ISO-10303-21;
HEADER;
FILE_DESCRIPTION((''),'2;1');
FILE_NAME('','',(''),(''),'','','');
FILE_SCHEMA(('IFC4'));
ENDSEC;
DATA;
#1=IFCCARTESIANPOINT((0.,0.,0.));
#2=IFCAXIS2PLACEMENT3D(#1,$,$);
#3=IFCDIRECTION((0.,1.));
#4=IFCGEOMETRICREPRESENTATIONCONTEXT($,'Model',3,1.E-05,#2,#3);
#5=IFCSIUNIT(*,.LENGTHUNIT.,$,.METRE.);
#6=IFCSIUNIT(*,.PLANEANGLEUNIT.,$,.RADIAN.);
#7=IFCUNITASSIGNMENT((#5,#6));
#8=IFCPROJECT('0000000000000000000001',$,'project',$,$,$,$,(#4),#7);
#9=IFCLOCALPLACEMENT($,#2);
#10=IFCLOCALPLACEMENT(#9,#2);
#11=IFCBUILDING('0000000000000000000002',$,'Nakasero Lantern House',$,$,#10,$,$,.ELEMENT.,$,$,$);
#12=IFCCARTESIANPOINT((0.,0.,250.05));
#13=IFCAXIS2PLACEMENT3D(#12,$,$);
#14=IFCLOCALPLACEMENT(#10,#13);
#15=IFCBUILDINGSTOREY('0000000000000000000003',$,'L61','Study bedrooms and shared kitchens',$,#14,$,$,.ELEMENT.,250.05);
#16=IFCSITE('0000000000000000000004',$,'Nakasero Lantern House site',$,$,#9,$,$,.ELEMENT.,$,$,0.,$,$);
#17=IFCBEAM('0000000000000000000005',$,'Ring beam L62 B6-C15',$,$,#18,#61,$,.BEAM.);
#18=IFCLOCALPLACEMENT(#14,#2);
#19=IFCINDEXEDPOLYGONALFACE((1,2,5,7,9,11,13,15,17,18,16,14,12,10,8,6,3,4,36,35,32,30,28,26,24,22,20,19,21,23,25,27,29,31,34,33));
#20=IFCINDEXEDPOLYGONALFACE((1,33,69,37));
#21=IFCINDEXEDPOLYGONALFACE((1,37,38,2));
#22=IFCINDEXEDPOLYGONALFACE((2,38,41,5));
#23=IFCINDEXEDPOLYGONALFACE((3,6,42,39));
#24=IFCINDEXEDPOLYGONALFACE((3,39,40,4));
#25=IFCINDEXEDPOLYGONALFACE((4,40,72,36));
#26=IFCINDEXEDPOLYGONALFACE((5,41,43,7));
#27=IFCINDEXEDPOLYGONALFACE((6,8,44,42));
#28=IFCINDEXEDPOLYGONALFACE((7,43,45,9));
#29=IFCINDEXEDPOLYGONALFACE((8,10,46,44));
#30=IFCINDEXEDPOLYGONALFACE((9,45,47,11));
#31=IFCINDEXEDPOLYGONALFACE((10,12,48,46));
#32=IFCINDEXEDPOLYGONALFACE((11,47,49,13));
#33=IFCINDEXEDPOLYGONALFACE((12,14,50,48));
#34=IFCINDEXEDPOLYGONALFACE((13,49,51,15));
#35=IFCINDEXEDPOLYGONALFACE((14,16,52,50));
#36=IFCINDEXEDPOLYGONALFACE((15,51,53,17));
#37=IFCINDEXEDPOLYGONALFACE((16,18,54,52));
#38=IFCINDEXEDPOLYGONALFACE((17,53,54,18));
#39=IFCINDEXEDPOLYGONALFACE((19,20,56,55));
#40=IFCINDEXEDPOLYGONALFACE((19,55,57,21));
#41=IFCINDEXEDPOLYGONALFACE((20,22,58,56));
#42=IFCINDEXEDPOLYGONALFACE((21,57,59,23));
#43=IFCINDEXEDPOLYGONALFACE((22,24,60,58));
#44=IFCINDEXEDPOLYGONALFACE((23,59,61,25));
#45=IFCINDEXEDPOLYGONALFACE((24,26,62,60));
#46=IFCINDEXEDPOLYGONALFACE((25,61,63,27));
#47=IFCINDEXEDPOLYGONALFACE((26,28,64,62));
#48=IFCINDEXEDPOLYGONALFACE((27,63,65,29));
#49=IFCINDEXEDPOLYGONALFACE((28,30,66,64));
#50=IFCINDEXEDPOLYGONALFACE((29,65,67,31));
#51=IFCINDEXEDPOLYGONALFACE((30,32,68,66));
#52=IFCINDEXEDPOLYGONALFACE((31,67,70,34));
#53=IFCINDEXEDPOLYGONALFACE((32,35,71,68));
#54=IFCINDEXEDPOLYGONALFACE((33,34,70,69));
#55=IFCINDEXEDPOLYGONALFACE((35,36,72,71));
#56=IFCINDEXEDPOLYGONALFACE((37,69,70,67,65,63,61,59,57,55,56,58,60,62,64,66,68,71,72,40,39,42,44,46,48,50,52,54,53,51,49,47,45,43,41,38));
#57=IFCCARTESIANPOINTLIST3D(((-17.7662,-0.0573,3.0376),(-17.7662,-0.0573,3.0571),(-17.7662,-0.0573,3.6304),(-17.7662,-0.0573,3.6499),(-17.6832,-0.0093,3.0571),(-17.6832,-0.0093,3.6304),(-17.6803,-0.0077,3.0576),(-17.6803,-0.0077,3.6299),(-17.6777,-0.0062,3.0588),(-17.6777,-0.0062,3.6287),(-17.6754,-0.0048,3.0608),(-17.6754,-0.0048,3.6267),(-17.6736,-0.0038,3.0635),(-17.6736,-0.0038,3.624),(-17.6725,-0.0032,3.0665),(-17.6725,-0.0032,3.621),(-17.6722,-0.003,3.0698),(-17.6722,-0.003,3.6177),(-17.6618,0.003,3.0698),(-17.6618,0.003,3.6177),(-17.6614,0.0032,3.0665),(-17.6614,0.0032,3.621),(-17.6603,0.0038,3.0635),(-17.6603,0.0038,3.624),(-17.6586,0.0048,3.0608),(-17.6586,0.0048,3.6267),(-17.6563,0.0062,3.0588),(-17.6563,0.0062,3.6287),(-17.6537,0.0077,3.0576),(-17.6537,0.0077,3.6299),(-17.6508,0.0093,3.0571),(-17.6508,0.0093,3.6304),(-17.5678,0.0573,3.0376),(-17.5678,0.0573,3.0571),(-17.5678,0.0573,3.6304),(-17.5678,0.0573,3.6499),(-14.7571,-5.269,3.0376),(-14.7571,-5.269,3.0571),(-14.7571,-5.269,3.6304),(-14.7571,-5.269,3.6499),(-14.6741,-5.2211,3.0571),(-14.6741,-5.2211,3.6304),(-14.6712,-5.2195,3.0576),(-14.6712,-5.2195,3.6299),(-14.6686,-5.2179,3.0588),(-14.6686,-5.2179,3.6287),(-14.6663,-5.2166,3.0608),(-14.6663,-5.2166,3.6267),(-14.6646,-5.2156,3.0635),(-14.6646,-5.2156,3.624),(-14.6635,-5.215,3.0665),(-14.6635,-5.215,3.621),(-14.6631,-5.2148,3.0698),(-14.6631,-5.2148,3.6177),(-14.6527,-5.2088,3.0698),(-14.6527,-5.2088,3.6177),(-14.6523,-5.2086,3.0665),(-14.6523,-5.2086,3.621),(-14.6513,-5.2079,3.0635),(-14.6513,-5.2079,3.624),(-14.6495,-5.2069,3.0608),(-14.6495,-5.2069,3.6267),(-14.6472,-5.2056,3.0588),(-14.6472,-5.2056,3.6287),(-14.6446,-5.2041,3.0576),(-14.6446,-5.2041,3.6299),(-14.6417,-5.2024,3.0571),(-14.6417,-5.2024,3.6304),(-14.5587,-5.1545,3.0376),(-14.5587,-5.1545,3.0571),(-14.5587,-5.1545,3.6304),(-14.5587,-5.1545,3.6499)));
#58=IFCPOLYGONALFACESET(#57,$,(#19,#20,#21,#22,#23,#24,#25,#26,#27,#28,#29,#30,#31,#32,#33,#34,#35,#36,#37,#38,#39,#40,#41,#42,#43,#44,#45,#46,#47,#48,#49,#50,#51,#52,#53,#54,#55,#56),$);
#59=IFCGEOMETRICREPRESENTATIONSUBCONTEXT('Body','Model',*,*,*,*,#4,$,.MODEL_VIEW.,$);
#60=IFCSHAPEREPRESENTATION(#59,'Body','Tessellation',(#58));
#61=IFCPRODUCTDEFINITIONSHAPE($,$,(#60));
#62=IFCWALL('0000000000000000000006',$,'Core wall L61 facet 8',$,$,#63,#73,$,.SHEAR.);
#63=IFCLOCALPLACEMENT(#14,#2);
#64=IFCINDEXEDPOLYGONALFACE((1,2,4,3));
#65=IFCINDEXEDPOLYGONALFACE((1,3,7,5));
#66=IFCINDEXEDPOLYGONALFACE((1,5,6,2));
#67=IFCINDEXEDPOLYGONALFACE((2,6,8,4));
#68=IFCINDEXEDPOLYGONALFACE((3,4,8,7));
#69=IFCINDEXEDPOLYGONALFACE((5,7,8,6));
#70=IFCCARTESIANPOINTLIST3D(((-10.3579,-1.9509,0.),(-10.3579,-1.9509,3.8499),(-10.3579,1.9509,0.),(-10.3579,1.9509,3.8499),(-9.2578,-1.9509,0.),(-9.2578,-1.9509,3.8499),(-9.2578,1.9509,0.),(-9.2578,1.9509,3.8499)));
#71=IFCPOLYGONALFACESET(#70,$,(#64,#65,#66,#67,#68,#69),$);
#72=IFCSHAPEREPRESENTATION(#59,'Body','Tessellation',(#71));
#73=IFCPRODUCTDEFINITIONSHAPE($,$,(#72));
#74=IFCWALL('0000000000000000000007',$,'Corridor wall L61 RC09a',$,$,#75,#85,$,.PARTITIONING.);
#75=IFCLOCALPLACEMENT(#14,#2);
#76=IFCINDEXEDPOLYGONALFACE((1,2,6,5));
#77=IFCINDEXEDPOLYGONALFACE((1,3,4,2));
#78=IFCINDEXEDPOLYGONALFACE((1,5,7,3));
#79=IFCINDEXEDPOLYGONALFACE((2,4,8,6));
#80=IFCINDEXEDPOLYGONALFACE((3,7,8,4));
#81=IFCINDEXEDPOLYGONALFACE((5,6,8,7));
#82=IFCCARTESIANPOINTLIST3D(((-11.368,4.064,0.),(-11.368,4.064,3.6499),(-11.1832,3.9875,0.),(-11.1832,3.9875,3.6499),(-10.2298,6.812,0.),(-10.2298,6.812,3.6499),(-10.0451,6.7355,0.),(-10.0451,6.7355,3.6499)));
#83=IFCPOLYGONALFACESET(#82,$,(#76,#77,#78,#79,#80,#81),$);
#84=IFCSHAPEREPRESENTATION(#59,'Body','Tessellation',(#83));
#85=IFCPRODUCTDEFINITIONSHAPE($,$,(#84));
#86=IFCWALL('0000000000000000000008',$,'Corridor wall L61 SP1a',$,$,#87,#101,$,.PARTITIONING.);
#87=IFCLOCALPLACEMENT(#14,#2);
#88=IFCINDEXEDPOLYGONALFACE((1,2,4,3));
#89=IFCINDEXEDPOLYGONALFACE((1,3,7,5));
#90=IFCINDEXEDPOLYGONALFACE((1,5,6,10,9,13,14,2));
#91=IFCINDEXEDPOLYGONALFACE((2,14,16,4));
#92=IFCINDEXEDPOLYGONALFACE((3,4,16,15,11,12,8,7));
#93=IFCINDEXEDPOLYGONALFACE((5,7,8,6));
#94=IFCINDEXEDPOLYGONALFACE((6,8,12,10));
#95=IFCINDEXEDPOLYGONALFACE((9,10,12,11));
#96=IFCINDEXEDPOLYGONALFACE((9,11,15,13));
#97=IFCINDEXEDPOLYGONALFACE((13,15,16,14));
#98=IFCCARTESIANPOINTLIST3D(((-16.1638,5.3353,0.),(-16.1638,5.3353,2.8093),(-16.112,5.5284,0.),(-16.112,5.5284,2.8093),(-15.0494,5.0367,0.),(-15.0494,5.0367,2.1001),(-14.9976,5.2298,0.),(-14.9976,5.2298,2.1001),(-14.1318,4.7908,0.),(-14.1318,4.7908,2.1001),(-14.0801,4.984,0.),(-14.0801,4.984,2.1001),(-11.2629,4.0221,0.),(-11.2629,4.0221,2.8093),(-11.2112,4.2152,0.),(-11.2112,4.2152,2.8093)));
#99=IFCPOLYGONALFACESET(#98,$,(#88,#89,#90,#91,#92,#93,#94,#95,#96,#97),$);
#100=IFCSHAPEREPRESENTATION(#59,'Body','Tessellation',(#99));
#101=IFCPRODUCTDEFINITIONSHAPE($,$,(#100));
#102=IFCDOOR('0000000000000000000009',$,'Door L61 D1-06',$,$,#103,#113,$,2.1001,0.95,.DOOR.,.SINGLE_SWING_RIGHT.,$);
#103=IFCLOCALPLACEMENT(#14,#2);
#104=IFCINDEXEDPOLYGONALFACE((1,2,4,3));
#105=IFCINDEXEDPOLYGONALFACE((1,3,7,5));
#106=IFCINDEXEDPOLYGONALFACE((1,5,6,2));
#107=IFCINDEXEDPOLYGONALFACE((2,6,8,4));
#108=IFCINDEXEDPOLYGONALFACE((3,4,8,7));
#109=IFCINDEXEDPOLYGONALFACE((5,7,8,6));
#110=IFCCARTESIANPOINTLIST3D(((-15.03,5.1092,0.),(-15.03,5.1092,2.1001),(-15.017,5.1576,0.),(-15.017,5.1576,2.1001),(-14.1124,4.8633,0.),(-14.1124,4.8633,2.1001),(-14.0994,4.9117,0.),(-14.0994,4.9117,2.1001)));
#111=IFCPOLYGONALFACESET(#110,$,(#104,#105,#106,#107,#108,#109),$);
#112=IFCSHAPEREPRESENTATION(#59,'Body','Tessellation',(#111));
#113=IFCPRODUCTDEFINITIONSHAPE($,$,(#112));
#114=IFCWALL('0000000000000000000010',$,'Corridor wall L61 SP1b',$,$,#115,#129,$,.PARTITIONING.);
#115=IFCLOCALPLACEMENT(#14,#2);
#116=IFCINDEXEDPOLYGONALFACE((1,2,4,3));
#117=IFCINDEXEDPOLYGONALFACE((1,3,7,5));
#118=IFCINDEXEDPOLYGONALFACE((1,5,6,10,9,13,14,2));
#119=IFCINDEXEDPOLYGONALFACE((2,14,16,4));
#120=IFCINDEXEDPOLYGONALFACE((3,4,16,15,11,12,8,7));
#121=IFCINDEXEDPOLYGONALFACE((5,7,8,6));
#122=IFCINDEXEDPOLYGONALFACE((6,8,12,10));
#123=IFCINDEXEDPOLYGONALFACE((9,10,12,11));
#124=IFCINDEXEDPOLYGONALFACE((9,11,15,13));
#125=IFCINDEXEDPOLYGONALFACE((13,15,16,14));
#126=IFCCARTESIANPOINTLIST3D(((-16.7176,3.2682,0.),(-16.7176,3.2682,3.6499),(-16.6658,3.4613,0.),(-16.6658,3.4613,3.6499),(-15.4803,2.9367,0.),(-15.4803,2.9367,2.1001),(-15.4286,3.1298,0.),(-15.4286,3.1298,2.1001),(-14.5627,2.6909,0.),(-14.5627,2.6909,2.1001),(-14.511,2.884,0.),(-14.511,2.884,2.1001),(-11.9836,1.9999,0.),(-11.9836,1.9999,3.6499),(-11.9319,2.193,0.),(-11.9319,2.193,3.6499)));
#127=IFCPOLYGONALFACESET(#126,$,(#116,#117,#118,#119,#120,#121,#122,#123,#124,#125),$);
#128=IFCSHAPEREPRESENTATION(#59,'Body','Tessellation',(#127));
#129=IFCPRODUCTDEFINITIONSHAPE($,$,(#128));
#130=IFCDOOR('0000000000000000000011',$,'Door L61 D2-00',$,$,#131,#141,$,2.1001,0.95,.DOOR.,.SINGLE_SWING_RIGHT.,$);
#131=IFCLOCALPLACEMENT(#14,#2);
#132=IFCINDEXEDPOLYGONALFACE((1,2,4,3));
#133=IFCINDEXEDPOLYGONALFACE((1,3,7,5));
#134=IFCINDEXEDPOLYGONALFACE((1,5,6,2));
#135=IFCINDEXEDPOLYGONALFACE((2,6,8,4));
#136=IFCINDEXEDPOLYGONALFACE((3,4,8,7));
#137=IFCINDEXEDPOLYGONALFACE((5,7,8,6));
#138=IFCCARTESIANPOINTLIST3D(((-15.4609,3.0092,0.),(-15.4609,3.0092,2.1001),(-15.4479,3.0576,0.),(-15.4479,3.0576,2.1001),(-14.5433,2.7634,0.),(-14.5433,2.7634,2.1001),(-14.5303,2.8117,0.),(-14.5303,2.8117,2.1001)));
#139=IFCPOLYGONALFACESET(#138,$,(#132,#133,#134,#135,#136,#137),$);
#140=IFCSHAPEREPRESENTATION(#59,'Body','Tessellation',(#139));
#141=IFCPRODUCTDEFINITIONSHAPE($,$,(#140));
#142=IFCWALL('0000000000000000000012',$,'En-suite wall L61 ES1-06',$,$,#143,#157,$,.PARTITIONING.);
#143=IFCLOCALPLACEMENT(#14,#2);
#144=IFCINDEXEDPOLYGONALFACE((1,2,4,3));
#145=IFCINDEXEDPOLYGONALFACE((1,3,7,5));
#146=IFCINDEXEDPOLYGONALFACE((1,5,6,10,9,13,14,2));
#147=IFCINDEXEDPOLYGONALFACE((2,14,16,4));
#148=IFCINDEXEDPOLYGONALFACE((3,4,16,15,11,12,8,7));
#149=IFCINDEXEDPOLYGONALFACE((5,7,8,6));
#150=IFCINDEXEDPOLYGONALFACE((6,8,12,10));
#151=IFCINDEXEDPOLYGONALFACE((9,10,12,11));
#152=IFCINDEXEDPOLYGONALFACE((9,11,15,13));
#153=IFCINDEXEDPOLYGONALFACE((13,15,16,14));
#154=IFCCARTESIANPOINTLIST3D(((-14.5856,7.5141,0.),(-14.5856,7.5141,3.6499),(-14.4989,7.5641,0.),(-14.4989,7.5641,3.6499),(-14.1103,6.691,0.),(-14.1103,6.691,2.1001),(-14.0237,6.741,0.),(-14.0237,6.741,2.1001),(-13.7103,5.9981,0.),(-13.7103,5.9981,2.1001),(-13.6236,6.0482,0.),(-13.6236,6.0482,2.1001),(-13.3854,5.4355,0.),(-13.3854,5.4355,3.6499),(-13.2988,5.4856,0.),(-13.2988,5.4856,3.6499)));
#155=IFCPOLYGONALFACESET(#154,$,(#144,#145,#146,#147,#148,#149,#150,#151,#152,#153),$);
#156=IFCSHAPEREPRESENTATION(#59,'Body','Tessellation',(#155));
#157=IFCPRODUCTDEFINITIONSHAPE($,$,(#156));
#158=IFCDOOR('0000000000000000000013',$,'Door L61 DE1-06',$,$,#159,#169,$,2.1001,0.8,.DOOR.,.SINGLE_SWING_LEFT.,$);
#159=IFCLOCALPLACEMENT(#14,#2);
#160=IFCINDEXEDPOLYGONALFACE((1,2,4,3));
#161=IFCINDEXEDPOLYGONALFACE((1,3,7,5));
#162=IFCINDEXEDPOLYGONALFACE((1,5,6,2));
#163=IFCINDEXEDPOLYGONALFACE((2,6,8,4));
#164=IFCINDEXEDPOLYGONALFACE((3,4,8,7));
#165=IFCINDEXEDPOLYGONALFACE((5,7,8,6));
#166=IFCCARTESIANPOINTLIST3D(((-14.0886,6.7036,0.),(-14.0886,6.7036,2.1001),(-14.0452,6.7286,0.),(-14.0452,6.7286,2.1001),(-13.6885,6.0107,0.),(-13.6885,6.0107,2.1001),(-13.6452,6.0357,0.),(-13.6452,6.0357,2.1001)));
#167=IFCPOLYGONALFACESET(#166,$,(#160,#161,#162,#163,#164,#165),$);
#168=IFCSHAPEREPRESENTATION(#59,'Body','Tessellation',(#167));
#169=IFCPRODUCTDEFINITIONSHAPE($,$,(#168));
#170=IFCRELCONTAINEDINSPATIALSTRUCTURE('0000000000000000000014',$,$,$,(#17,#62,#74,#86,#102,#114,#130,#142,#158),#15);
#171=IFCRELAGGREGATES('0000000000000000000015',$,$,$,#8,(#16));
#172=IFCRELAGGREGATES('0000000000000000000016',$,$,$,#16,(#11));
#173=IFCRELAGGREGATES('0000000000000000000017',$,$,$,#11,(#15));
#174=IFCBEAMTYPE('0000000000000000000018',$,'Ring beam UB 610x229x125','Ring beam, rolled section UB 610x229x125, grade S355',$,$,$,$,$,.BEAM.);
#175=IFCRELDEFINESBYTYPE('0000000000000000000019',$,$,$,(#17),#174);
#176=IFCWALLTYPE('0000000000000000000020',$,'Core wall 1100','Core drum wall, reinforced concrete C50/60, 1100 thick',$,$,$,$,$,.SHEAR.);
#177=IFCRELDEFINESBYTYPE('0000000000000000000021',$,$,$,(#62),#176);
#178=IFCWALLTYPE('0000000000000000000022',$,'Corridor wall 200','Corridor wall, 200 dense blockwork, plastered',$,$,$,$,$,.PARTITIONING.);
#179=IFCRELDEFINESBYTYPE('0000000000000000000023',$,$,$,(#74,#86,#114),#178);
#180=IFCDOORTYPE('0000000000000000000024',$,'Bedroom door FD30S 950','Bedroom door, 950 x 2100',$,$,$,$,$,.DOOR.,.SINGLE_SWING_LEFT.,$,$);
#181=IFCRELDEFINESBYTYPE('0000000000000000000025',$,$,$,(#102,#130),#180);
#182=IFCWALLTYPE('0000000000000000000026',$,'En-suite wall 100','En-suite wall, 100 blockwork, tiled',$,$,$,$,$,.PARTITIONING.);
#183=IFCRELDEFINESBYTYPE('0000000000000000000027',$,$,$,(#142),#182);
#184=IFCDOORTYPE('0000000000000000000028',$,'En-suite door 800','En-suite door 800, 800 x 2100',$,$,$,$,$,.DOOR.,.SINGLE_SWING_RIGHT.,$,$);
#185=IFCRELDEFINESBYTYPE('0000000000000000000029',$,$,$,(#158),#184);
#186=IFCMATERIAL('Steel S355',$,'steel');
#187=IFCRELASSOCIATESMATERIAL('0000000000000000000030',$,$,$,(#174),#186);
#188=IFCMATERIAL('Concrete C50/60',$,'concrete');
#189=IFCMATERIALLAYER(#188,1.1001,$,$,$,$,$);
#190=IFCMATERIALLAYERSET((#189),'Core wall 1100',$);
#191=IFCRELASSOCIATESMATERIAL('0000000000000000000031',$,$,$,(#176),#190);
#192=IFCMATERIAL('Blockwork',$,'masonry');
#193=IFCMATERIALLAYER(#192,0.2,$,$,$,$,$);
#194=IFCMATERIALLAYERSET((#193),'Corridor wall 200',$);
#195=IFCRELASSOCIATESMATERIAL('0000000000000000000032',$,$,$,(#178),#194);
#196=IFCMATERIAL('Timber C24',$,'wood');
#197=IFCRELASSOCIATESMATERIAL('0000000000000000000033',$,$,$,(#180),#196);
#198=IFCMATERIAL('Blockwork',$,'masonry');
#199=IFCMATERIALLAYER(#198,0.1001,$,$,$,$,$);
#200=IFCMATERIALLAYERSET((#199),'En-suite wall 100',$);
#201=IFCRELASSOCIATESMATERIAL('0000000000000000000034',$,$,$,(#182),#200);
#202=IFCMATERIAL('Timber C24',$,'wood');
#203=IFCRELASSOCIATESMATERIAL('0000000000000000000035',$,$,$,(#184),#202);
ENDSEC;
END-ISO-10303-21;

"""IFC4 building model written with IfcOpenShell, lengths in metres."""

from ifc_helpers import new_model, si_unit, direction, frame, frame_2d, origin, origin_2d, place, context, subcontext, project, spatial, rectangle, i_section, extrude, material, layer, layer_set, material_profile, profile_set, type_object, element, fill, save


model = new_model("IFC4")

# Units and contexts
model_context = context("Model", 3, precision=1e-05, world=origin(), true_north=direction((0.0, 1.0)))
body_context = subcontext(model_context, "Body", "Model", "MODEL_VIEW")
ifc_project = project(units=[si_unit("LENGTHUNIT", "METRE"), si_unit("PLANEANGLEUNIT", "RADIAN")], contexts=[model_context])

# Site, building, storey
site_placement = place(None, origin())
site = spatial("IfcSite", under=ifc_project, at=site_placement, Name="Nakasero Lantern House site", CompositionType="ELEMENT", RefElevation=0.0)
building_placement = place(site_placement, origin())
building = spatial("IfcBuilding", under=site, at=building_placement, Name="Nakasero Lantern House", CompositionType="ELEMENT")
storey_placement = place(building_placement, frame((0.0, 0.0, 250.05)))
storey = spatial("IfcBuildingStorey", under=building, at=storey_placement, Name="L61", Description="Study bedrooms and shared kitchens", CompositionType="ELEMENT", Elevation=250.05)

# Beam
ifc_material_1 = material(Name="Steel S355", Category="steel")
ifc_material_profile_1 = material_profile(ifc_material_1, i_section(OverallWidth=0.229, OverallDepth=0.6123, WebThickness=0.012, FlangeThickness=0.0195, FilletRadius=0.0127, at=origin_2d()), Name="UB 610x229x125")
ifc_profile_set_1 = profile_set([ifc_material_profile_1], Name="Steel S355")
beam_type_1 = type_object("IfcBeamType", Name="Ring beam UB 610x229x125", Description="Ring beam, rolled section UB 610x229x125, grade S355", PredefinedType="BEAM", material=ifc_profile_set_1)
beam_1_placement = place(storey_placement, frame((-17.667, 0.0, 3.3438), z_axis=(0.500009, -0.86602, 0.0), x_axis=(0.86602, 0.500009, 0.0)))
element("IfcBeam", 1, at=beam_1_placement, inside=storey, type_object=beam_type_1, Name="Ring beam L62 B6-C15", PredefinedType="BEAM", context=body_context, shape_type="SweptSolid", body=[
    extrude(i_section(OverallWidth=0.229, OverallDepth=0.6123, WebThickness=0.012, FlangeThickness=0.0195, FilletRadius=0.0127, at=origin_2d()), origin(), (0.0, 0.0, 1.0), 6.0181),
])

# Walls
ifc_material_2 = material(Name="Concrete C50/60", Category="concrete")
ifc_layer_1 = layer(ifc_material_2, 1.1001)
ifc_layer_set_1 = layer_set([ifc_layer_1], Name="Core wall 1100")
wall_type_1 = type_object("IfcWallType", Name="Core wall 1100", Description="Core drum wall, reinforced concrete C50/60, 1100 thick", PredefinedType="SHEAR", material=ifc_layer_set_1)
wall_1_placement = place(storey_placement, frame((-9.8079, 1.9509, 0.0), z_axis=(0.0, 0.0, 1.0), x_axis=(0.0, -1.0, 0.0)))
element("IfcWall", 2, at=wall_1_placement, inside=storey, type_object=wall_type_1, Name="Core wall L61 facet 8", PredefinedType="SHEAR", context=body_context, shape_type="SweptSolid", body=[
    extrude(rectangle(XDim=3.9019, YDim=1.1001, at=frame_2d((1.9509, 0.0))), origin(), (0.0, 0.0, 1.0), 3.8499),
])
ifc_material_3 = material(Name="Blockwork", Category="masonry")
ifc_layer_2 = layer(ifc_material_3, 0.2)
ifc_layer_set_2 = layer_set([ifc_layer_2], Name="Corridor wall 200")
wall_type_2 = type_object("IfcWallType", Name="Corridor wall 200", Description="Corridor wall, 200 dense blockwork, plastered", PredefinedType="PARTITIONING", material=ifc_layer_set_2)
wall_2_placement = place(storey_placement, frame((-11.2756, 4.0256, 0.0), z_axis=(0.0, 0.0, 1.0), x_axis=(0.382656, 0.923891, 0.0)))
element("IfcWall", 3, at=wall_2_placement, inside=storey, type_object=wall_type_2, Name="Corridor wall L61 RC09a", PredefinedType="PARTITIONING", context=body_context, shape_type="SweptSolid", body=[
    extrude(rectangle(XDim=2.9744, YDim=0.2, at=frame_2d((1.4873, 0.0))), origin(), (0.0, 0.0, 1.0), 3.6499),
])

# Walls, openings, doors
wall_3_placement = place(storey_placement, frame((-11.2371, 4.1187, 0.0), z_axis=(0.0, 0.0, 1.0), x_axis=(-0.965924, 0.258827, 0.0)))
wall_3 = element("IfcWall", 4, at=wall_3_placement, inside=storey, type_object=wall_type_2, Name="Corridor wall L61 SP1a", PredefinedType="PARTITIONING", context=body_context, shape_type="SweptSolid", body=[
    extrude(rectangle(XDim=5.0737, YDim=0.2, at=frame_2d((2.5369, 0.0))), origin(), (0.0, 0.0, 1.0), 2.8093),
])
opening_1_placement = place(wall_3_placement, frame((2.97, 0.0, 0.0)))
opening_1 = element("IfcOpeningElement", 5, at=opening_1_placement, cuts=wall_3, PredefinedType="OPENING", context=body_context, shape_type="SweptSolid", body=[
    extrude(rectangle(XDim=0.95, YDim=2.1001, at=frame_2d((0.4751, 1.05))), frame((0.0, 0.1199, 0.0), z_axis=(0.0, -1.0, 0.0), x_axis=(1.0, 0.0, 0.0)), (0.0, 0.0, 1.0), 0.24),
])
ifc_material_4 = material(Name="Timber C24", Category="wood")
door_type_1 = type_object("IfcDoorType", Name="Bedroom door FD30S 950", Description="Bedroom door, 950 x 2100", OperationType="SINGLE_SWING_LEFT", PredefinedType="DOOR", material=ifc_material_4)
door_1_placement = place(opening_1_placement, origin())
door_1 = element("IfcDoor", 6, at=door_1_placement, inside=storey, type_object=door_type_1, Name="Door L61 D1-06", OperationType="SINGLE_SWING_RIGHT", OverallHeight=2.1001, OverallWidth=0.95, PredefinedType="DOOR", context=body_context, shape_type="SweptSolid", body=[
    extrude(rectangle(XDim=0.95, YDim=2.1001, at=frame_2d((0.4751, 1.05))), frame((0.0, 0.0249, 0.0), z_axis=(0.0, -1.0, 0.0), x_axis=(1.0, 0.0, 0.0)), (0.0, 0.0, 1.0), 0.05),
])
fill(opening_1, door_1)
wall_4_placement = place(storey_placement, frame((-11.9578, 2.0964, 0.0), z_axis=(0.0, 0.0, 1.0), x_axis=(-0.965932, 0.258794, 0.0)))
wall_4 = element("IfcWall", 7, at=wall_4_placement, inside=storey, type_object=wall_type_2, Name="Corridor wall L61 SP1b", PredefinedType="PARTITIONING", context=body_context, shape_type="SweptSolid", body=[
    extrude(rectangle(XDim=4.9009, YDim=0.2, at=frame_2d((2.4504, 0.0))), origin(), (0.0, 0.0, 1.0), 3.6499),
])
opening_2_placement = place(wall_4_placement, frame((2.6699, 0.0, 0.0)))
opening_2 = element("IfcOpeningElement", 8, at=opening_2_placement, cuts=wall_4, PredefinedType="OPENING", context=body_context, shape_type="SweptSolid", body=[
    extrude(rectangle(XDim=0.95, YDim=2.1001, at=frame_2d((0.4751, 1.05))), frame((0.0, 0.1199, 0.0), z_axis=(0.0, -1.0, 0.0), x_axis=(1.0, 0.0, 0.0)), (0.0, 0.0, 1.0), 0.24),
])
door_2_placement = place(opening_2_placement, origin())
door_2 = element("IfcDoor", 9, at=door_2_placement, inside=storey, type_object=door_type_1, Name="Door L61 D2-00", OperationType="SINGLE_SWING_RIGHT", OverallHeight=2.1001, OverallWidth=0.95, PredefinedType="DOOR", context=body_context, shape_type="SweptSolid", body=[
    extrude(rectangle(XDim=0.95, YDim=2.1001, at=frame_2d((0.4751, 1.05))), frame((0.0, 0.0249, 0.0), z_axis=(0.0, -1.0, 0.0), x_axis=(1.0, 0.0, 0.0)), (0.0, 0.0, 1.0), 0.05),
])
fill(opening_2, door_2)
ifc_material_5 = material(Name="Blockwork", Category="masonry")
ifc_layer_3 = layer(ifc_material_5, 0.1001)
ifc_layer_set_3 = layer_set([ifc_layer_3], Name="En-suite wall 100")
wall_type_3 = type_object("IfcWallType", Name="En-suite wall 100", Description="En-suite wall, 100 blockwork, tiled", PredefinedType="PARTITIONING", material=ifc_layer_set_3)
wall_5_placement = place(storey_placement, frame((-13.342, 5.4604, 0.0), z_axis=(0.0, 0.0, 1.0), x_axis=(-0.500034, 0.866006, 0.0)))
wall_5 = element("IfcWall", 10, at=wall_5_placement, inside=storey, type_object=wall_type_3, Name="En-suite wall L61 ES1-06", PredefinedType="PARTITIONING", context=body_context, shape_type="SweptSolid", body=[
    extrude(rectangle(XDim=2.4001, YDim=0.1001, at=frame_2d((1.2002, 0.0))), origin(), (0.0, 0.0, 1.0), 3.6499),
])
opening_3_placement = place(wall_5_placement, frame((0.6499, 0.0, 0.0)))
opening_3 = element("IfcOpeningElement", 11, at=opening_3_placement, cuts=wall_5, PredefinedType="OPENING", context=body_context, shape_type="SweptSolid", body=[
    extrude(rectangle(XDim=0.8, YDim=2.1001, at=frame_2d((0.3999, 1.05))), frame((0.0, 0.0701, 0.0), z_axis=(0.0, -1.0, 0.0), x_axis=(1.0, 0.0, 0.0)), (0.0, 0.0, 1.0), 0.1401),
])
ifc_material_6 = material(Name="Timber C24", Category="wood")
door_type_2 = type_object("IfcDoorType", Name="En-suite door 800", Description="En-suite door 800, 800 x 2100", OperationType="SINGLE_SWING_RIGHT", PredefinedType="DOOR", material=ifc_material_6)
door_3_placement = place(opening_3_placement, origin())
door_3 = element("IfcDoor", 12, at=door_3_placement, inside=storey, type_object=door_type_2, Name="Door L61 DE1-06", OperationType="SINGLE_SWING_LEFT", OverallHeight=2.1001, OverallWidth=0.8, PredefinedType="DOOR", context=body_context, shape_type="SweptSolid", body=[
    extrude(rectangle(XDim=0.8, YDim=2.1001, at=frame_2d((0.3999, 1.05))), frame((0.0, 0.0249, 0.0), z_axis=(0.0, -1.0, 0.0), x_axis=(1.0, 0.0, 0.0)), (0.0, 0.0, 1.0), 0.05),
])
fill(opening_3, door_3)

save(model, "model.ifc")
